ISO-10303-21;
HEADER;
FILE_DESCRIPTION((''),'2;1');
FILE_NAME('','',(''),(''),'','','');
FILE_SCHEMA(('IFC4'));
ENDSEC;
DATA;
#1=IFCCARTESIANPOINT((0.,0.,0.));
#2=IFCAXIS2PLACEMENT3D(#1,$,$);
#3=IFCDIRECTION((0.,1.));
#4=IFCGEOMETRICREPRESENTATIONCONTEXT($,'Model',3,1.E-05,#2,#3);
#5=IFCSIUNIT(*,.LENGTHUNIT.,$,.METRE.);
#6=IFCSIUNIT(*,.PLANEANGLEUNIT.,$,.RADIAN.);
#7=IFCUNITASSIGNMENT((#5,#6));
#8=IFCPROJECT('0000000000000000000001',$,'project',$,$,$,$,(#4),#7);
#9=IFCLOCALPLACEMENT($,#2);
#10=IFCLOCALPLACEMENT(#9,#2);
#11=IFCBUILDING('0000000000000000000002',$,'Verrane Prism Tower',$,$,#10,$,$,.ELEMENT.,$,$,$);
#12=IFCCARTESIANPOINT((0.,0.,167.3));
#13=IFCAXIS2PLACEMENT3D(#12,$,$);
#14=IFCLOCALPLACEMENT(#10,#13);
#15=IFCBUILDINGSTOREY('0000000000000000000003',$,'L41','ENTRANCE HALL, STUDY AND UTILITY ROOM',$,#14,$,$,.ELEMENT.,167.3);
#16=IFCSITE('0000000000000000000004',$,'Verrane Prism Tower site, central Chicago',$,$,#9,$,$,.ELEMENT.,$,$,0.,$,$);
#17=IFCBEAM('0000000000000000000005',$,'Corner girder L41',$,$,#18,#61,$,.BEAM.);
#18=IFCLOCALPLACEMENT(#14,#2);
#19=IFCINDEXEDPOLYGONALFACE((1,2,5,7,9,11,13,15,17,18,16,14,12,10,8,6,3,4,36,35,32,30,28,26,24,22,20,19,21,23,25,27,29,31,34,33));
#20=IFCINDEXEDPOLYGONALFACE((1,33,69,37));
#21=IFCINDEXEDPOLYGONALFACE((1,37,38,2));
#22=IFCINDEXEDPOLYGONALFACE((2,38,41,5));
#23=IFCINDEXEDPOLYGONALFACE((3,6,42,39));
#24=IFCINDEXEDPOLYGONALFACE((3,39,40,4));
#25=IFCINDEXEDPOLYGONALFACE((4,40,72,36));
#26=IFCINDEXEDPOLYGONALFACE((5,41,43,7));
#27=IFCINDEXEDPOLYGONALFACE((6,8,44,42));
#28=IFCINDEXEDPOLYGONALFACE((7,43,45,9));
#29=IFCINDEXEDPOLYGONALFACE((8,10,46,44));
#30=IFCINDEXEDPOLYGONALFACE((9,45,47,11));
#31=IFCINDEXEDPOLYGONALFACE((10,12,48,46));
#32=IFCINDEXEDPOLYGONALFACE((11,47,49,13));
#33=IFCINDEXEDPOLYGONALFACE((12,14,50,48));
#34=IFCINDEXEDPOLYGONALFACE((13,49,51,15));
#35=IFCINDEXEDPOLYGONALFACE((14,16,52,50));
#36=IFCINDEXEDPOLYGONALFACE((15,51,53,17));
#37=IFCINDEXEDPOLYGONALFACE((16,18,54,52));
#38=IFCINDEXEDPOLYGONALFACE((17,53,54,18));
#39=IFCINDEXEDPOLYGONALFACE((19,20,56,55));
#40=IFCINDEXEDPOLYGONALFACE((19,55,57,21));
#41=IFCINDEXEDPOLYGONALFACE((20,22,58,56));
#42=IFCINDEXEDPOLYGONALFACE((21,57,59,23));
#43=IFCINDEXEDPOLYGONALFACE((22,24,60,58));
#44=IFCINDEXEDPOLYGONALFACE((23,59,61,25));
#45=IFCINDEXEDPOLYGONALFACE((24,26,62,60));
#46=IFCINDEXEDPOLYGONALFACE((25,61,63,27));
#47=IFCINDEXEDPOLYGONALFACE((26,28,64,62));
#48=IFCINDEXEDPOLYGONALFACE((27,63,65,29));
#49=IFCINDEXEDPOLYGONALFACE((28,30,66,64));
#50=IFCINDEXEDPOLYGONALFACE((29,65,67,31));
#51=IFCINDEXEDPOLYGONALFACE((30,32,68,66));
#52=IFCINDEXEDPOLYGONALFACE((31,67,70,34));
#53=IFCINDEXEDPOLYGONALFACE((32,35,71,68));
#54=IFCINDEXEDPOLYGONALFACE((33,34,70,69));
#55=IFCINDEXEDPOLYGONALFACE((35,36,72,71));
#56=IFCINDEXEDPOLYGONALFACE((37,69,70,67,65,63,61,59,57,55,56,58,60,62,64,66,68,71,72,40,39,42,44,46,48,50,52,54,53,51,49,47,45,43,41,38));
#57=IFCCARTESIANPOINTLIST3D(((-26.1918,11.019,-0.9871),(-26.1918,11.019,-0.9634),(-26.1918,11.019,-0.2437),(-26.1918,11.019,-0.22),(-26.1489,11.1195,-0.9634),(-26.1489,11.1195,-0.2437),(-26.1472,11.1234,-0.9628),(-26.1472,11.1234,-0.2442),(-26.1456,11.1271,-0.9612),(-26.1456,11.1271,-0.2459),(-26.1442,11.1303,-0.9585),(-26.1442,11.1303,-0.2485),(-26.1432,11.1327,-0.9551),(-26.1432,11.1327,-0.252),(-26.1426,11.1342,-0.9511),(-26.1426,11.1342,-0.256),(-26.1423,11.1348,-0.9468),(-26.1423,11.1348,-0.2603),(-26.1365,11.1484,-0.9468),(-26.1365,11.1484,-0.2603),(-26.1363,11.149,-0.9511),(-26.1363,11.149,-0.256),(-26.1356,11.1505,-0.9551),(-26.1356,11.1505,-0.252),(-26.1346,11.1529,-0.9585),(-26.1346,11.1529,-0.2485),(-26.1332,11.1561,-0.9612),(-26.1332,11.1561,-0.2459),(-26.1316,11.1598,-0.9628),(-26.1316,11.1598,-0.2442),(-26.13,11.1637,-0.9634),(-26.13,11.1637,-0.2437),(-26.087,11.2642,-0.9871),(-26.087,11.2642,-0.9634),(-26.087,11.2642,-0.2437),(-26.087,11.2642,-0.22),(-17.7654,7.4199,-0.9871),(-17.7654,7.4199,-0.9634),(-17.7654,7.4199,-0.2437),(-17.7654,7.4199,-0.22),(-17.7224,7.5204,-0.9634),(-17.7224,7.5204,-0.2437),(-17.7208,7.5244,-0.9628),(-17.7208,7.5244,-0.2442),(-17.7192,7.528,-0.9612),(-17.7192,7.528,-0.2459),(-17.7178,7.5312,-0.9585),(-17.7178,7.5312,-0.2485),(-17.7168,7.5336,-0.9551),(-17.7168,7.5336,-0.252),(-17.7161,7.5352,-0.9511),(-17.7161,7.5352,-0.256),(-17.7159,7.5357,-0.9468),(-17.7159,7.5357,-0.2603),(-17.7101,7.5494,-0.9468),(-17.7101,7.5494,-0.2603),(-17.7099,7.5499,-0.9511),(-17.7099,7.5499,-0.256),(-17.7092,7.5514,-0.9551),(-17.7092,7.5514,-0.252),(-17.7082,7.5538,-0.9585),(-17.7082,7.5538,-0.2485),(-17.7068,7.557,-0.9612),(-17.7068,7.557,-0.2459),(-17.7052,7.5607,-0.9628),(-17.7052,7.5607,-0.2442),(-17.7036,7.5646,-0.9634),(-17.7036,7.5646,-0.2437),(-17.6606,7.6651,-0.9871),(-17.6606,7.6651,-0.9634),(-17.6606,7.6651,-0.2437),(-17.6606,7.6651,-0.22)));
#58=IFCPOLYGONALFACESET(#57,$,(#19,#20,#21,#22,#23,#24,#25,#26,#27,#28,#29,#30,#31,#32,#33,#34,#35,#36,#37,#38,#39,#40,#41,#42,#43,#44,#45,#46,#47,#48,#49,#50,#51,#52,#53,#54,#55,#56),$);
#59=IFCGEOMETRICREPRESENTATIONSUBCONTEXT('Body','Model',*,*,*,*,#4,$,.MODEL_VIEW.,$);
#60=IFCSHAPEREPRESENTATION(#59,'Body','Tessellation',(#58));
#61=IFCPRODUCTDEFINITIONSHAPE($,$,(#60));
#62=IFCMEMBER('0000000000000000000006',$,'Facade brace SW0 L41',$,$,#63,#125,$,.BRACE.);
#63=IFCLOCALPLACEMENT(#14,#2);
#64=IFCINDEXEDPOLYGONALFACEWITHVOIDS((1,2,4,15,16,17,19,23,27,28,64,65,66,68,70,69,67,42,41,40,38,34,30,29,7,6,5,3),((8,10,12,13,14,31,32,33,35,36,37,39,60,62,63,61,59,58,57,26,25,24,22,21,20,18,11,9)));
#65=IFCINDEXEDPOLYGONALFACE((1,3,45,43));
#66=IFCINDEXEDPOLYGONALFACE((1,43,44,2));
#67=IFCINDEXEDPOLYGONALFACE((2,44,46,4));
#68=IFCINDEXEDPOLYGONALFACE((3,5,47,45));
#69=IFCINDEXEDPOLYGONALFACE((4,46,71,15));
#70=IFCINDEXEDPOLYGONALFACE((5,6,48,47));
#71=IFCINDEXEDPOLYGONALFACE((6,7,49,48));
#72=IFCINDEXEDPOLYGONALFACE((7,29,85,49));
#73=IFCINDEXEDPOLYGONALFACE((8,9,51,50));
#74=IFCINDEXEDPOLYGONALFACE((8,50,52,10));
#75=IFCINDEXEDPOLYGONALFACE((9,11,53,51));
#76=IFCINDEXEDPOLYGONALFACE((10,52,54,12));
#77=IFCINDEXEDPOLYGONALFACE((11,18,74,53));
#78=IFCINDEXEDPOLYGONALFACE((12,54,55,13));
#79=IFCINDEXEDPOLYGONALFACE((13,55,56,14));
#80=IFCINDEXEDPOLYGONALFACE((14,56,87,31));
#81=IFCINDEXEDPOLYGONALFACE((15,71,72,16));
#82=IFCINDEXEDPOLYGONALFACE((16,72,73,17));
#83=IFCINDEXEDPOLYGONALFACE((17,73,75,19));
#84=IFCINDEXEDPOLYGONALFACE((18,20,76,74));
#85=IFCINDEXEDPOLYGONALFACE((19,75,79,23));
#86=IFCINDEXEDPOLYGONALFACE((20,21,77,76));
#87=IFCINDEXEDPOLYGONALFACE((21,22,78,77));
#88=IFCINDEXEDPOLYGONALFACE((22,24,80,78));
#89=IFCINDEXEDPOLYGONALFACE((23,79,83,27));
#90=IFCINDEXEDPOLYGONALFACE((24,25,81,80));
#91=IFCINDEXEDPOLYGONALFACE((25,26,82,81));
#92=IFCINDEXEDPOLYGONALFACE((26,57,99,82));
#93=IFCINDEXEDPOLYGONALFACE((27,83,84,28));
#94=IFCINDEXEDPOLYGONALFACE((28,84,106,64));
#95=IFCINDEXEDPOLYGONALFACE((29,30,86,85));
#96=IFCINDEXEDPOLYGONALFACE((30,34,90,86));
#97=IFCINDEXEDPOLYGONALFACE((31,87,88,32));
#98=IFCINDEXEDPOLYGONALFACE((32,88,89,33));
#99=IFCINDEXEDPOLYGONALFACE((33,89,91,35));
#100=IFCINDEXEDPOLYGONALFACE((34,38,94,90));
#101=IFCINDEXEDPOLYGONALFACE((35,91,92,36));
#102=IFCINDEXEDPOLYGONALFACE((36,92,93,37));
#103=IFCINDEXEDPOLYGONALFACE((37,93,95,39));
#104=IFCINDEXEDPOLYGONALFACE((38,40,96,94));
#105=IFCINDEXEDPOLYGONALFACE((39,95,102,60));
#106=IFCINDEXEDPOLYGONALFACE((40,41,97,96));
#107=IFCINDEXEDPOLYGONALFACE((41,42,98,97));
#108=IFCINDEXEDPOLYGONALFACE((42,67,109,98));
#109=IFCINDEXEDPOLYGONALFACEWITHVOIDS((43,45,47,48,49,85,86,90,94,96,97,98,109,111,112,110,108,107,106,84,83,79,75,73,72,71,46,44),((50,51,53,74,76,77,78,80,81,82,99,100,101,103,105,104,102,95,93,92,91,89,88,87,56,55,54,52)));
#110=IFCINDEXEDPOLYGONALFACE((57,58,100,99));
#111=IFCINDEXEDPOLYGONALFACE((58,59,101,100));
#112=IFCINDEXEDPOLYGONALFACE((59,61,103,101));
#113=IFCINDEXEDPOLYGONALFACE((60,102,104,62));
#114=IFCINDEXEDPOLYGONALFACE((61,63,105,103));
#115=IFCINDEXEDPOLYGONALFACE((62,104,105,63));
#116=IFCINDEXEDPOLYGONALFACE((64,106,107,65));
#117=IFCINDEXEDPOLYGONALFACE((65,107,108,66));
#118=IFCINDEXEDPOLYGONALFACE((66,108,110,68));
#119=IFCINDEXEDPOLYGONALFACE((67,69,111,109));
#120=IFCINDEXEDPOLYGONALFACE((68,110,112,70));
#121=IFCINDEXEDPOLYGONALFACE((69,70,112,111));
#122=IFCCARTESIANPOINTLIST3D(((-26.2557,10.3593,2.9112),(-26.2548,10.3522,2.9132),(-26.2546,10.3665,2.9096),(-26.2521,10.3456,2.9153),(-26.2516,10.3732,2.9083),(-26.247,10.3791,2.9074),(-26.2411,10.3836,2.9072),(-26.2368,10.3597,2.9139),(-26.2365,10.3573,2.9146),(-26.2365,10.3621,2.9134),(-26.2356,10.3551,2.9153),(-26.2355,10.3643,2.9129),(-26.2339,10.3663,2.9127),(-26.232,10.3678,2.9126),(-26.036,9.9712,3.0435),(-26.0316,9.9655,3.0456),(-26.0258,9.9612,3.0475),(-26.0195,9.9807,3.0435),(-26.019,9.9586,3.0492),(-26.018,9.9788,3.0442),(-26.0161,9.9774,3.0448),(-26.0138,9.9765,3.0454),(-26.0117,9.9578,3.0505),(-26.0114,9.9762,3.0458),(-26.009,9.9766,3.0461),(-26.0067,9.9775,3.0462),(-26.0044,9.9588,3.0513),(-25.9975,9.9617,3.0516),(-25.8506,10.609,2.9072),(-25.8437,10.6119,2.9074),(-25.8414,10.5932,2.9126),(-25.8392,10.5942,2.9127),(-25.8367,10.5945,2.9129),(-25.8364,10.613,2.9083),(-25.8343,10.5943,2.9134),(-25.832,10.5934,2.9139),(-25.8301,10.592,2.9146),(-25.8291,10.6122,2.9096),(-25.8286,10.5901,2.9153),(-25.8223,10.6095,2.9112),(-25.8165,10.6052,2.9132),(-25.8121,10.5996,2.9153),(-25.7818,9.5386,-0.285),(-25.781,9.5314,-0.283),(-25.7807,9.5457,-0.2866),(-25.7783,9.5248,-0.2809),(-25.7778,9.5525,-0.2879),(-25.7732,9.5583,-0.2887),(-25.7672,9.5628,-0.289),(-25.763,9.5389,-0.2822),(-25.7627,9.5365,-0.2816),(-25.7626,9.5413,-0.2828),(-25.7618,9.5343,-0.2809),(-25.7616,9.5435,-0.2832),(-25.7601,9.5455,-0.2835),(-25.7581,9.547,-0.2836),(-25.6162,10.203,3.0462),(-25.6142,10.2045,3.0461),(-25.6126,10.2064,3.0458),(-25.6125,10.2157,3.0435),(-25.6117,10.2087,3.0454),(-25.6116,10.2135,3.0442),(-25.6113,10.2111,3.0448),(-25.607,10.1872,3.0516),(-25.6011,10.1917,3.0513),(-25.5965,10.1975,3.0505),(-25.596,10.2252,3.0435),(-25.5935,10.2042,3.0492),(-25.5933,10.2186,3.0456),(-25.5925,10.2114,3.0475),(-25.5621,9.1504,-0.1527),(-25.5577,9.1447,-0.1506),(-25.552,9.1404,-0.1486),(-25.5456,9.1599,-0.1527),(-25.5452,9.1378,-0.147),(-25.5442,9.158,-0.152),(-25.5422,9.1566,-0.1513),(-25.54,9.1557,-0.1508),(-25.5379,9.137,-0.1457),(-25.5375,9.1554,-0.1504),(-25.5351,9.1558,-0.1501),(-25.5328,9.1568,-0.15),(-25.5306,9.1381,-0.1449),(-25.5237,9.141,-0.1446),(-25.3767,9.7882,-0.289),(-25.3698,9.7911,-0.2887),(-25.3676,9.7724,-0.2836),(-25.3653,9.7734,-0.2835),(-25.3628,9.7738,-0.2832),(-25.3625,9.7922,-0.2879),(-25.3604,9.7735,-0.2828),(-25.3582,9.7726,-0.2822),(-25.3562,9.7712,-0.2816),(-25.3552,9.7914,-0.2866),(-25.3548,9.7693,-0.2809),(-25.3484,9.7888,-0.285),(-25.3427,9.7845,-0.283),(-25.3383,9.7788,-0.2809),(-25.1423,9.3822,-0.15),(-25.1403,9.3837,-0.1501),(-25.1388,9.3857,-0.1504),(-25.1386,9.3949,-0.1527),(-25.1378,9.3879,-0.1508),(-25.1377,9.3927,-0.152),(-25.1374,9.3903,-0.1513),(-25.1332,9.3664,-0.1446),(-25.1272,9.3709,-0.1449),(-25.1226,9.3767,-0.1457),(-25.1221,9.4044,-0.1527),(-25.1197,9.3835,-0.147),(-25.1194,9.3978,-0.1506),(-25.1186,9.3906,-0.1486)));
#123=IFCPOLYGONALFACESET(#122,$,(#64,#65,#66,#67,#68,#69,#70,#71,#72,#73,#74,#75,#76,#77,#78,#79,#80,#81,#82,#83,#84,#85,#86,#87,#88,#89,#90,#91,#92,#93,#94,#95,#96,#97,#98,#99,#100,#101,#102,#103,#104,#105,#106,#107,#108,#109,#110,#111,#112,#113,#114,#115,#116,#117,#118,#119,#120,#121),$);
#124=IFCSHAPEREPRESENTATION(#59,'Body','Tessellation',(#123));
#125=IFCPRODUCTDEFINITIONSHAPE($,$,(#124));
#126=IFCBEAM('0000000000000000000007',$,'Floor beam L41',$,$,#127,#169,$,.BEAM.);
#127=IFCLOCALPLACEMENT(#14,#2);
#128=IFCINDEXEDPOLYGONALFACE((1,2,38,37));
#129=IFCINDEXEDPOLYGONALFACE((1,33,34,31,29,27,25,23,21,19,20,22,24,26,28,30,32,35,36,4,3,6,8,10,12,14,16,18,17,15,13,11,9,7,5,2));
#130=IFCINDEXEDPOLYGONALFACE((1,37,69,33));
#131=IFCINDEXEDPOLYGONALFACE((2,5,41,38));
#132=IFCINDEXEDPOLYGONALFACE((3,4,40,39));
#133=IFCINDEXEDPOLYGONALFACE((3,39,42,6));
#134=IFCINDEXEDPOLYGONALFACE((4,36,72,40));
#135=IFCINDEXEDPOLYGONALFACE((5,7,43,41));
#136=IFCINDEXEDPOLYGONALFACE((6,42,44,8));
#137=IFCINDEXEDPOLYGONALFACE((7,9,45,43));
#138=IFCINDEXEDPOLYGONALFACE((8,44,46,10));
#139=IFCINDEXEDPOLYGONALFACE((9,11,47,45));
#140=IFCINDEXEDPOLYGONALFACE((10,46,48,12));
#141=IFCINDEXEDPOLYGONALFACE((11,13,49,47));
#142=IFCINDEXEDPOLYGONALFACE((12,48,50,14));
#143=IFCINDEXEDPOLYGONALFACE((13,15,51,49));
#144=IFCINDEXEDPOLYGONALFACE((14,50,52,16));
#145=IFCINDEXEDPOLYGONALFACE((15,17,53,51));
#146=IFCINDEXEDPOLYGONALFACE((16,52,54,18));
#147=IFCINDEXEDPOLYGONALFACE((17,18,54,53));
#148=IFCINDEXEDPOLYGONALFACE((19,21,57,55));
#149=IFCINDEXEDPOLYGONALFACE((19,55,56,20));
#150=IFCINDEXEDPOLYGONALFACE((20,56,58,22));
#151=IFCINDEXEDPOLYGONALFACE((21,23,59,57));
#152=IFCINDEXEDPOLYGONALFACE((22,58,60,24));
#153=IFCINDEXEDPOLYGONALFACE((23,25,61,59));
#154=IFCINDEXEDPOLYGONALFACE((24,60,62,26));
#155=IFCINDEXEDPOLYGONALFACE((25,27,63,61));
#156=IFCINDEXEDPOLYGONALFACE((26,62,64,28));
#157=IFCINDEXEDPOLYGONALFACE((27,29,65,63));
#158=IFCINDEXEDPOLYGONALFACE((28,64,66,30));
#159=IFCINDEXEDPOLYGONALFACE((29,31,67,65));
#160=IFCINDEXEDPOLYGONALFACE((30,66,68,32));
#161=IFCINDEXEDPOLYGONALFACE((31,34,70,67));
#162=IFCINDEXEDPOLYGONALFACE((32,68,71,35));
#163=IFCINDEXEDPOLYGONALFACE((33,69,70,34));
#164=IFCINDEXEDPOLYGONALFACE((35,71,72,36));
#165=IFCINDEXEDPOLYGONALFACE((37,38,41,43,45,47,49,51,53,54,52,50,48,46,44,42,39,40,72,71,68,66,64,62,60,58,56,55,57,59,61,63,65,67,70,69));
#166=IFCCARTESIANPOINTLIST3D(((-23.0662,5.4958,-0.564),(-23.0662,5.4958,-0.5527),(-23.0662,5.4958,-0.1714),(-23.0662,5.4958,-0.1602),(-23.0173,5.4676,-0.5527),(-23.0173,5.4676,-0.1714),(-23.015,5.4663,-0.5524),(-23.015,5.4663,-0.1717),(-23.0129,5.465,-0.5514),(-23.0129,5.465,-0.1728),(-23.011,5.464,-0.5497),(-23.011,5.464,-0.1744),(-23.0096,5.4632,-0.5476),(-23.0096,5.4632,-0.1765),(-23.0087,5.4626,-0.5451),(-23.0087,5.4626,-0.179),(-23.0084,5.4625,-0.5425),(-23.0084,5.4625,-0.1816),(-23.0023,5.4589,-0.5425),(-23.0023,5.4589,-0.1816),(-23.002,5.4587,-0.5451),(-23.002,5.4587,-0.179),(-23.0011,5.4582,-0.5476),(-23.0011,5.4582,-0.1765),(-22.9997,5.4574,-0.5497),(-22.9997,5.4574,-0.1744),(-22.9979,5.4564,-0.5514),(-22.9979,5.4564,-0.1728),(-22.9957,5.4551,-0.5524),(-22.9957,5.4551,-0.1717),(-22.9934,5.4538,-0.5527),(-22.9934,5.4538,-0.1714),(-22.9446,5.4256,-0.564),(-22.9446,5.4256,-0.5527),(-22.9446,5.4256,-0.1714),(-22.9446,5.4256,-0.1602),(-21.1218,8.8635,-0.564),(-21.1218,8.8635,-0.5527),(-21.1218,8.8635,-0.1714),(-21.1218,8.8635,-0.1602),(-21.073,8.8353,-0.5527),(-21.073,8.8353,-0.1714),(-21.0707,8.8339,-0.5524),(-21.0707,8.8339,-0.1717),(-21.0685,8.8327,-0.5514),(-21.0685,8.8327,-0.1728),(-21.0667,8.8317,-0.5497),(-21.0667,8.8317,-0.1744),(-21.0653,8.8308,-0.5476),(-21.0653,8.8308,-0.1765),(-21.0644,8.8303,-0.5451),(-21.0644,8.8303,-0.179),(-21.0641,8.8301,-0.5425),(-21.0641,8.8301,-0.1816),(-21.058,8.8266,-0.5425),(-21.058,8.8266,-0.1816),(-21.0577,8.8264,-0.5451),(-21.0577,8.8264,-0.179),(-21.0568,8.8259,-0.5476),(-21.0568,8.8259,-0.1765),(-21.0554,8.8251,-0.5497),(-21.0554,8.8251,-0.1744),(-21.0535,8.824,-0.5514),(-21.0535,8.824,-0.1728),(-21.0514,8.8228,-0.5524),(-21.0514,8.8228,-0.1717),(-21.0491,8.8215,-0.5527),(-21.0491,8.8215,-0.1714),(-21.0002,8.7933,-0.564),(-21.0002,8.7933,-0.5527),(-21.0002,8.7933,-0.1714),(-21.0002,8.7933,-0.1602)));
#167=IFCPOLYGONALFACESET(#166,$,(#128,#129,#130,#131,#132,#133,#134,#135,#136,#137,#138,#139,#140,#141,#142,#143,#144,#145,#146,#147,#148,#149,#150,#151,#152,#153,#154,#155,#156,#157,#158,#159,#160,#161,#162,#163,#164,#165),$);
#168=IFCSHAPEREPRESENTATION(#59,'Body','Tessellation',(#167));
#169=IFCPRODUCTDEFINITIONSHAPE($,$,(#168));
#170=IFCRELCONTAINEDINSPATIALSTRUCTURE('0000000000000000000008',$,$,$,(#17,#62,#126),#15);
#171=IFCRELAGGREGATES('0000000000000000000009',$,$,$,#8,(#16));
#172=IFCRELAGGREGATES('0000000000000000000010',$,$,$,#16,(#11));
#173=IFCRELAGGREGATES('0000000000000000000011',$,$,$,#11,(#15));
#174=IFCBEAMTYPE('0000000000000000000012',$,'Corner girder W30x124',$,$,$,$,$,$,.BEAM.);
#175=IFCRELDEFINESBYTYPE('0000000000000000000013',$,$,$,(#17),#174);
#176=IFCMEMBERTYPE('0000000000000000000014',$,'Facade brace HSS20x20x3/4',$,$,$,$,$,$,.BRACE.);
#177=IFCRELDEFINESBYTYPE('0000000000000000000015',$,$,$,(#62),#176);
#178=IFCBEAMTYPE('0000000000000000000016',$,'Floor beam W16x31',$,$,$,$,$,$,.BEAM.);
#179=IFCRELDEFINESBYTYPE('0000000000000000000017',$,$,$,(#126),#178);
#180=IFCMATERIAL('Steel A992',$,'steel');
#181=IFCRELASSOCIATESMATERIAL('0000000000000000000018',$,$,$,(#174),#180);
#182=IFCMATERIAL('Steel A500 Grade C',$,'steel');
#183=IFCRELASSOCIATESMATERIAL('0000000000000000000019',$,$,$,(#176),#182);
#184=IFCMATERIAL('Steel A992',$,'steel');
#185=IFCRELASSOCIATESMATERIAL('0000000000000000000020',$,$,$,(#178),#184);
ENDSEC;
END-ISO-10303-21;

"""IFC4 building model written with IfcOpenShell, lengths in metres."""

from ifc_helpers import new_model, si_unit, direction, frame, origin, origin_2d, place, context, subcontext, project, spatial, hollow_rectangle, i_section, extrude, material, material_profile, profile_set, type_object, element, save


model = new_model("IFC4")

# Units and contexts
model_context = context("Model", 3, precision=1e-05, world=origin(), true_north=direction((0.0, 1.0)))
body_context = subcontext(model_context, "Body", "Model", "MODEL_VIEW")
ifc_project = project(units=[si_unit("LENGTHUNIT", "METRE"), si_unit("PLANEANGLEUNIT", "RADIAN")], contexts=[model_context])

# Site, building, storey
site_placement = place(None, origin())
site = spatial("IfcSite", under=ifc_project, at=site_placement, Name="Verrane Prism Tower site, central Chicago", CompositionType="ELEMENT", RefElevation=0.0)
building_placement = place(site_placement, origin())
building = spatial("IfcBuilding", under=site, at=building_placement, Name="Verrane Prism Tower", CompositionType="ELEMENT")
storey_placement = place(building_placement, frame((0.0, 0.0, 167.3)))
storey = spatial("IfcBuildingStorey", under=building, at=storey_placement, Name="L41", Description="ENTRANCE HALL, STUDY AND UTILITY ROOM", CompositionType="ELEMENT", Elevation=167.3)

# Beam
ifc_material_1 = material(Name="Steel A992", Category="steel")
ifc_material_profile_1 = material_profile(ifc_material_1, i_section(OverallWidth=0.2666, OverallDepth=0.7671, WebThickness=0.0149, FlangeThickness=0.0237, FilletRadius=0.0166, at=origin_2d()), Name="W30x124")
ifc_profile_set_1 = profile_set([ifc_material_profile_1], Name="Steel A992")
beam_type_1 = type_object("IfcBeamType", Name="Corner girder W30x124", PredefinedType="BEAM", material=ifc_profile_set_1)
beam_1_placement = place(storey_placement, frame((-26.1394, 11.1416, -0.6035), z_axis=(0.919628, -0.39279, 0.0), x_axis=(0.39279, 0.919628, 0.0)))
element("IfcBeam", 1, at=beam_1_placement, inside=storey, type_object=beam_type_1, Name="Corner girder L41", PredefinedType="BEAM", context=body_context, shape_type="SweptSolid", body=[
    extrude(i_section(OverallWidth=0.2666, OverallDepth=0.7671, WebThickness=0.0149, FlangeThickness=0.0237, FilletRadius=0.0166, at=origin_2d()), origin(), (0.0, 0.0, 1.0), 9.1628),
])

# Member
ifc_material_2 = material(Name="Steel A500 Grade C", Category="steel")
ifc_material_profile_2 = material_profile(ifc_material_2, hollow_rectangle(XDim=0.5081, YDim=0.5081, WallThickness=0.019, InnerFilletRadius=0.0095, OuterFilletRadius=0.0286, at=origin_2d()), Name="HSS20x20x3/4")
ifc_profile_set_2 = profile_set([ifc_material_profile_2], Name="Steel A500 Grade C")
member_type_1 = type_object("IfcMemberType", Name="Facade brace HSS20x20x3/4", PredefinedType="BRACE", material=ifc_profile_set_2)
member_1_placement = place(storey_placement, frame((-25.4502, 9.4646, -0.2168), z_axis=(-0.142141, 0.246202, 0.958739), x_axis=(-0.866031, -0.49999, 0.0)))
element("IfcMember", 2, at=member_1_placement, inside=storey, type_object=member_type_1, Name="Facade brace SW0 L41", PredefinedType="BRACE", context=body_context, shape_type="SweptSolid", body=[
    extrude(hollow_rectangle(XDim=0.5081, YDim=0.5081, WallThickness=0.019, InnerFilletRadius=0.0095, OuterFilletRadius=0.0286, at=origin_2d()), origin(), (0.0, 0.0, 1.0), 3.3337),
])

# Beam
ifc_material_3 = material(Name="Steel A992", Category="steel")
ifc_material_profile_3 = material_profile(ifc_material_3, i_section(OverallWidth=0.1404, OverallDepth=0.4038, WebThickness=0.0071, FlangeThickness=0.0112, FilletRadius=0.0103, at=origin_2d()), Name="W16x31")
ifc_profile_set_3 = profile_set([ifc_material_profile_3], Name="Steel A992")
beam_type_2 = type_object("IfcBeamType", Name="Floor beam W16x31", PredefinedType="BEAM", material=ifc_profile_set_3)
beam_2_placement = place(storey_placement, frame((-23.0054, 5.4607, -0.3621), z_axis=(0.500001, 0.866025, 0.0), x_axis=(-0.866025, 0.500001, 0.0)))
element("IfcBeam", 3, at=beam_2_placement, inside=storey, type_object=beam_type_2, Name="Floor beam L41", PredefinedType="BEAM", context=body_context, shape_type="SweptSolid", body=[
    extrude(i_section(OverallWidth=0.1404, OverallDepth=0.4038, WebThickness=0.0071, FlangeThickness=0.0112, FilletRadius=0.0103, at=origin_2d()), origin(), (0.0, 0.0, 1.0), 3.8887),
])

save(model, "model.ifc")
